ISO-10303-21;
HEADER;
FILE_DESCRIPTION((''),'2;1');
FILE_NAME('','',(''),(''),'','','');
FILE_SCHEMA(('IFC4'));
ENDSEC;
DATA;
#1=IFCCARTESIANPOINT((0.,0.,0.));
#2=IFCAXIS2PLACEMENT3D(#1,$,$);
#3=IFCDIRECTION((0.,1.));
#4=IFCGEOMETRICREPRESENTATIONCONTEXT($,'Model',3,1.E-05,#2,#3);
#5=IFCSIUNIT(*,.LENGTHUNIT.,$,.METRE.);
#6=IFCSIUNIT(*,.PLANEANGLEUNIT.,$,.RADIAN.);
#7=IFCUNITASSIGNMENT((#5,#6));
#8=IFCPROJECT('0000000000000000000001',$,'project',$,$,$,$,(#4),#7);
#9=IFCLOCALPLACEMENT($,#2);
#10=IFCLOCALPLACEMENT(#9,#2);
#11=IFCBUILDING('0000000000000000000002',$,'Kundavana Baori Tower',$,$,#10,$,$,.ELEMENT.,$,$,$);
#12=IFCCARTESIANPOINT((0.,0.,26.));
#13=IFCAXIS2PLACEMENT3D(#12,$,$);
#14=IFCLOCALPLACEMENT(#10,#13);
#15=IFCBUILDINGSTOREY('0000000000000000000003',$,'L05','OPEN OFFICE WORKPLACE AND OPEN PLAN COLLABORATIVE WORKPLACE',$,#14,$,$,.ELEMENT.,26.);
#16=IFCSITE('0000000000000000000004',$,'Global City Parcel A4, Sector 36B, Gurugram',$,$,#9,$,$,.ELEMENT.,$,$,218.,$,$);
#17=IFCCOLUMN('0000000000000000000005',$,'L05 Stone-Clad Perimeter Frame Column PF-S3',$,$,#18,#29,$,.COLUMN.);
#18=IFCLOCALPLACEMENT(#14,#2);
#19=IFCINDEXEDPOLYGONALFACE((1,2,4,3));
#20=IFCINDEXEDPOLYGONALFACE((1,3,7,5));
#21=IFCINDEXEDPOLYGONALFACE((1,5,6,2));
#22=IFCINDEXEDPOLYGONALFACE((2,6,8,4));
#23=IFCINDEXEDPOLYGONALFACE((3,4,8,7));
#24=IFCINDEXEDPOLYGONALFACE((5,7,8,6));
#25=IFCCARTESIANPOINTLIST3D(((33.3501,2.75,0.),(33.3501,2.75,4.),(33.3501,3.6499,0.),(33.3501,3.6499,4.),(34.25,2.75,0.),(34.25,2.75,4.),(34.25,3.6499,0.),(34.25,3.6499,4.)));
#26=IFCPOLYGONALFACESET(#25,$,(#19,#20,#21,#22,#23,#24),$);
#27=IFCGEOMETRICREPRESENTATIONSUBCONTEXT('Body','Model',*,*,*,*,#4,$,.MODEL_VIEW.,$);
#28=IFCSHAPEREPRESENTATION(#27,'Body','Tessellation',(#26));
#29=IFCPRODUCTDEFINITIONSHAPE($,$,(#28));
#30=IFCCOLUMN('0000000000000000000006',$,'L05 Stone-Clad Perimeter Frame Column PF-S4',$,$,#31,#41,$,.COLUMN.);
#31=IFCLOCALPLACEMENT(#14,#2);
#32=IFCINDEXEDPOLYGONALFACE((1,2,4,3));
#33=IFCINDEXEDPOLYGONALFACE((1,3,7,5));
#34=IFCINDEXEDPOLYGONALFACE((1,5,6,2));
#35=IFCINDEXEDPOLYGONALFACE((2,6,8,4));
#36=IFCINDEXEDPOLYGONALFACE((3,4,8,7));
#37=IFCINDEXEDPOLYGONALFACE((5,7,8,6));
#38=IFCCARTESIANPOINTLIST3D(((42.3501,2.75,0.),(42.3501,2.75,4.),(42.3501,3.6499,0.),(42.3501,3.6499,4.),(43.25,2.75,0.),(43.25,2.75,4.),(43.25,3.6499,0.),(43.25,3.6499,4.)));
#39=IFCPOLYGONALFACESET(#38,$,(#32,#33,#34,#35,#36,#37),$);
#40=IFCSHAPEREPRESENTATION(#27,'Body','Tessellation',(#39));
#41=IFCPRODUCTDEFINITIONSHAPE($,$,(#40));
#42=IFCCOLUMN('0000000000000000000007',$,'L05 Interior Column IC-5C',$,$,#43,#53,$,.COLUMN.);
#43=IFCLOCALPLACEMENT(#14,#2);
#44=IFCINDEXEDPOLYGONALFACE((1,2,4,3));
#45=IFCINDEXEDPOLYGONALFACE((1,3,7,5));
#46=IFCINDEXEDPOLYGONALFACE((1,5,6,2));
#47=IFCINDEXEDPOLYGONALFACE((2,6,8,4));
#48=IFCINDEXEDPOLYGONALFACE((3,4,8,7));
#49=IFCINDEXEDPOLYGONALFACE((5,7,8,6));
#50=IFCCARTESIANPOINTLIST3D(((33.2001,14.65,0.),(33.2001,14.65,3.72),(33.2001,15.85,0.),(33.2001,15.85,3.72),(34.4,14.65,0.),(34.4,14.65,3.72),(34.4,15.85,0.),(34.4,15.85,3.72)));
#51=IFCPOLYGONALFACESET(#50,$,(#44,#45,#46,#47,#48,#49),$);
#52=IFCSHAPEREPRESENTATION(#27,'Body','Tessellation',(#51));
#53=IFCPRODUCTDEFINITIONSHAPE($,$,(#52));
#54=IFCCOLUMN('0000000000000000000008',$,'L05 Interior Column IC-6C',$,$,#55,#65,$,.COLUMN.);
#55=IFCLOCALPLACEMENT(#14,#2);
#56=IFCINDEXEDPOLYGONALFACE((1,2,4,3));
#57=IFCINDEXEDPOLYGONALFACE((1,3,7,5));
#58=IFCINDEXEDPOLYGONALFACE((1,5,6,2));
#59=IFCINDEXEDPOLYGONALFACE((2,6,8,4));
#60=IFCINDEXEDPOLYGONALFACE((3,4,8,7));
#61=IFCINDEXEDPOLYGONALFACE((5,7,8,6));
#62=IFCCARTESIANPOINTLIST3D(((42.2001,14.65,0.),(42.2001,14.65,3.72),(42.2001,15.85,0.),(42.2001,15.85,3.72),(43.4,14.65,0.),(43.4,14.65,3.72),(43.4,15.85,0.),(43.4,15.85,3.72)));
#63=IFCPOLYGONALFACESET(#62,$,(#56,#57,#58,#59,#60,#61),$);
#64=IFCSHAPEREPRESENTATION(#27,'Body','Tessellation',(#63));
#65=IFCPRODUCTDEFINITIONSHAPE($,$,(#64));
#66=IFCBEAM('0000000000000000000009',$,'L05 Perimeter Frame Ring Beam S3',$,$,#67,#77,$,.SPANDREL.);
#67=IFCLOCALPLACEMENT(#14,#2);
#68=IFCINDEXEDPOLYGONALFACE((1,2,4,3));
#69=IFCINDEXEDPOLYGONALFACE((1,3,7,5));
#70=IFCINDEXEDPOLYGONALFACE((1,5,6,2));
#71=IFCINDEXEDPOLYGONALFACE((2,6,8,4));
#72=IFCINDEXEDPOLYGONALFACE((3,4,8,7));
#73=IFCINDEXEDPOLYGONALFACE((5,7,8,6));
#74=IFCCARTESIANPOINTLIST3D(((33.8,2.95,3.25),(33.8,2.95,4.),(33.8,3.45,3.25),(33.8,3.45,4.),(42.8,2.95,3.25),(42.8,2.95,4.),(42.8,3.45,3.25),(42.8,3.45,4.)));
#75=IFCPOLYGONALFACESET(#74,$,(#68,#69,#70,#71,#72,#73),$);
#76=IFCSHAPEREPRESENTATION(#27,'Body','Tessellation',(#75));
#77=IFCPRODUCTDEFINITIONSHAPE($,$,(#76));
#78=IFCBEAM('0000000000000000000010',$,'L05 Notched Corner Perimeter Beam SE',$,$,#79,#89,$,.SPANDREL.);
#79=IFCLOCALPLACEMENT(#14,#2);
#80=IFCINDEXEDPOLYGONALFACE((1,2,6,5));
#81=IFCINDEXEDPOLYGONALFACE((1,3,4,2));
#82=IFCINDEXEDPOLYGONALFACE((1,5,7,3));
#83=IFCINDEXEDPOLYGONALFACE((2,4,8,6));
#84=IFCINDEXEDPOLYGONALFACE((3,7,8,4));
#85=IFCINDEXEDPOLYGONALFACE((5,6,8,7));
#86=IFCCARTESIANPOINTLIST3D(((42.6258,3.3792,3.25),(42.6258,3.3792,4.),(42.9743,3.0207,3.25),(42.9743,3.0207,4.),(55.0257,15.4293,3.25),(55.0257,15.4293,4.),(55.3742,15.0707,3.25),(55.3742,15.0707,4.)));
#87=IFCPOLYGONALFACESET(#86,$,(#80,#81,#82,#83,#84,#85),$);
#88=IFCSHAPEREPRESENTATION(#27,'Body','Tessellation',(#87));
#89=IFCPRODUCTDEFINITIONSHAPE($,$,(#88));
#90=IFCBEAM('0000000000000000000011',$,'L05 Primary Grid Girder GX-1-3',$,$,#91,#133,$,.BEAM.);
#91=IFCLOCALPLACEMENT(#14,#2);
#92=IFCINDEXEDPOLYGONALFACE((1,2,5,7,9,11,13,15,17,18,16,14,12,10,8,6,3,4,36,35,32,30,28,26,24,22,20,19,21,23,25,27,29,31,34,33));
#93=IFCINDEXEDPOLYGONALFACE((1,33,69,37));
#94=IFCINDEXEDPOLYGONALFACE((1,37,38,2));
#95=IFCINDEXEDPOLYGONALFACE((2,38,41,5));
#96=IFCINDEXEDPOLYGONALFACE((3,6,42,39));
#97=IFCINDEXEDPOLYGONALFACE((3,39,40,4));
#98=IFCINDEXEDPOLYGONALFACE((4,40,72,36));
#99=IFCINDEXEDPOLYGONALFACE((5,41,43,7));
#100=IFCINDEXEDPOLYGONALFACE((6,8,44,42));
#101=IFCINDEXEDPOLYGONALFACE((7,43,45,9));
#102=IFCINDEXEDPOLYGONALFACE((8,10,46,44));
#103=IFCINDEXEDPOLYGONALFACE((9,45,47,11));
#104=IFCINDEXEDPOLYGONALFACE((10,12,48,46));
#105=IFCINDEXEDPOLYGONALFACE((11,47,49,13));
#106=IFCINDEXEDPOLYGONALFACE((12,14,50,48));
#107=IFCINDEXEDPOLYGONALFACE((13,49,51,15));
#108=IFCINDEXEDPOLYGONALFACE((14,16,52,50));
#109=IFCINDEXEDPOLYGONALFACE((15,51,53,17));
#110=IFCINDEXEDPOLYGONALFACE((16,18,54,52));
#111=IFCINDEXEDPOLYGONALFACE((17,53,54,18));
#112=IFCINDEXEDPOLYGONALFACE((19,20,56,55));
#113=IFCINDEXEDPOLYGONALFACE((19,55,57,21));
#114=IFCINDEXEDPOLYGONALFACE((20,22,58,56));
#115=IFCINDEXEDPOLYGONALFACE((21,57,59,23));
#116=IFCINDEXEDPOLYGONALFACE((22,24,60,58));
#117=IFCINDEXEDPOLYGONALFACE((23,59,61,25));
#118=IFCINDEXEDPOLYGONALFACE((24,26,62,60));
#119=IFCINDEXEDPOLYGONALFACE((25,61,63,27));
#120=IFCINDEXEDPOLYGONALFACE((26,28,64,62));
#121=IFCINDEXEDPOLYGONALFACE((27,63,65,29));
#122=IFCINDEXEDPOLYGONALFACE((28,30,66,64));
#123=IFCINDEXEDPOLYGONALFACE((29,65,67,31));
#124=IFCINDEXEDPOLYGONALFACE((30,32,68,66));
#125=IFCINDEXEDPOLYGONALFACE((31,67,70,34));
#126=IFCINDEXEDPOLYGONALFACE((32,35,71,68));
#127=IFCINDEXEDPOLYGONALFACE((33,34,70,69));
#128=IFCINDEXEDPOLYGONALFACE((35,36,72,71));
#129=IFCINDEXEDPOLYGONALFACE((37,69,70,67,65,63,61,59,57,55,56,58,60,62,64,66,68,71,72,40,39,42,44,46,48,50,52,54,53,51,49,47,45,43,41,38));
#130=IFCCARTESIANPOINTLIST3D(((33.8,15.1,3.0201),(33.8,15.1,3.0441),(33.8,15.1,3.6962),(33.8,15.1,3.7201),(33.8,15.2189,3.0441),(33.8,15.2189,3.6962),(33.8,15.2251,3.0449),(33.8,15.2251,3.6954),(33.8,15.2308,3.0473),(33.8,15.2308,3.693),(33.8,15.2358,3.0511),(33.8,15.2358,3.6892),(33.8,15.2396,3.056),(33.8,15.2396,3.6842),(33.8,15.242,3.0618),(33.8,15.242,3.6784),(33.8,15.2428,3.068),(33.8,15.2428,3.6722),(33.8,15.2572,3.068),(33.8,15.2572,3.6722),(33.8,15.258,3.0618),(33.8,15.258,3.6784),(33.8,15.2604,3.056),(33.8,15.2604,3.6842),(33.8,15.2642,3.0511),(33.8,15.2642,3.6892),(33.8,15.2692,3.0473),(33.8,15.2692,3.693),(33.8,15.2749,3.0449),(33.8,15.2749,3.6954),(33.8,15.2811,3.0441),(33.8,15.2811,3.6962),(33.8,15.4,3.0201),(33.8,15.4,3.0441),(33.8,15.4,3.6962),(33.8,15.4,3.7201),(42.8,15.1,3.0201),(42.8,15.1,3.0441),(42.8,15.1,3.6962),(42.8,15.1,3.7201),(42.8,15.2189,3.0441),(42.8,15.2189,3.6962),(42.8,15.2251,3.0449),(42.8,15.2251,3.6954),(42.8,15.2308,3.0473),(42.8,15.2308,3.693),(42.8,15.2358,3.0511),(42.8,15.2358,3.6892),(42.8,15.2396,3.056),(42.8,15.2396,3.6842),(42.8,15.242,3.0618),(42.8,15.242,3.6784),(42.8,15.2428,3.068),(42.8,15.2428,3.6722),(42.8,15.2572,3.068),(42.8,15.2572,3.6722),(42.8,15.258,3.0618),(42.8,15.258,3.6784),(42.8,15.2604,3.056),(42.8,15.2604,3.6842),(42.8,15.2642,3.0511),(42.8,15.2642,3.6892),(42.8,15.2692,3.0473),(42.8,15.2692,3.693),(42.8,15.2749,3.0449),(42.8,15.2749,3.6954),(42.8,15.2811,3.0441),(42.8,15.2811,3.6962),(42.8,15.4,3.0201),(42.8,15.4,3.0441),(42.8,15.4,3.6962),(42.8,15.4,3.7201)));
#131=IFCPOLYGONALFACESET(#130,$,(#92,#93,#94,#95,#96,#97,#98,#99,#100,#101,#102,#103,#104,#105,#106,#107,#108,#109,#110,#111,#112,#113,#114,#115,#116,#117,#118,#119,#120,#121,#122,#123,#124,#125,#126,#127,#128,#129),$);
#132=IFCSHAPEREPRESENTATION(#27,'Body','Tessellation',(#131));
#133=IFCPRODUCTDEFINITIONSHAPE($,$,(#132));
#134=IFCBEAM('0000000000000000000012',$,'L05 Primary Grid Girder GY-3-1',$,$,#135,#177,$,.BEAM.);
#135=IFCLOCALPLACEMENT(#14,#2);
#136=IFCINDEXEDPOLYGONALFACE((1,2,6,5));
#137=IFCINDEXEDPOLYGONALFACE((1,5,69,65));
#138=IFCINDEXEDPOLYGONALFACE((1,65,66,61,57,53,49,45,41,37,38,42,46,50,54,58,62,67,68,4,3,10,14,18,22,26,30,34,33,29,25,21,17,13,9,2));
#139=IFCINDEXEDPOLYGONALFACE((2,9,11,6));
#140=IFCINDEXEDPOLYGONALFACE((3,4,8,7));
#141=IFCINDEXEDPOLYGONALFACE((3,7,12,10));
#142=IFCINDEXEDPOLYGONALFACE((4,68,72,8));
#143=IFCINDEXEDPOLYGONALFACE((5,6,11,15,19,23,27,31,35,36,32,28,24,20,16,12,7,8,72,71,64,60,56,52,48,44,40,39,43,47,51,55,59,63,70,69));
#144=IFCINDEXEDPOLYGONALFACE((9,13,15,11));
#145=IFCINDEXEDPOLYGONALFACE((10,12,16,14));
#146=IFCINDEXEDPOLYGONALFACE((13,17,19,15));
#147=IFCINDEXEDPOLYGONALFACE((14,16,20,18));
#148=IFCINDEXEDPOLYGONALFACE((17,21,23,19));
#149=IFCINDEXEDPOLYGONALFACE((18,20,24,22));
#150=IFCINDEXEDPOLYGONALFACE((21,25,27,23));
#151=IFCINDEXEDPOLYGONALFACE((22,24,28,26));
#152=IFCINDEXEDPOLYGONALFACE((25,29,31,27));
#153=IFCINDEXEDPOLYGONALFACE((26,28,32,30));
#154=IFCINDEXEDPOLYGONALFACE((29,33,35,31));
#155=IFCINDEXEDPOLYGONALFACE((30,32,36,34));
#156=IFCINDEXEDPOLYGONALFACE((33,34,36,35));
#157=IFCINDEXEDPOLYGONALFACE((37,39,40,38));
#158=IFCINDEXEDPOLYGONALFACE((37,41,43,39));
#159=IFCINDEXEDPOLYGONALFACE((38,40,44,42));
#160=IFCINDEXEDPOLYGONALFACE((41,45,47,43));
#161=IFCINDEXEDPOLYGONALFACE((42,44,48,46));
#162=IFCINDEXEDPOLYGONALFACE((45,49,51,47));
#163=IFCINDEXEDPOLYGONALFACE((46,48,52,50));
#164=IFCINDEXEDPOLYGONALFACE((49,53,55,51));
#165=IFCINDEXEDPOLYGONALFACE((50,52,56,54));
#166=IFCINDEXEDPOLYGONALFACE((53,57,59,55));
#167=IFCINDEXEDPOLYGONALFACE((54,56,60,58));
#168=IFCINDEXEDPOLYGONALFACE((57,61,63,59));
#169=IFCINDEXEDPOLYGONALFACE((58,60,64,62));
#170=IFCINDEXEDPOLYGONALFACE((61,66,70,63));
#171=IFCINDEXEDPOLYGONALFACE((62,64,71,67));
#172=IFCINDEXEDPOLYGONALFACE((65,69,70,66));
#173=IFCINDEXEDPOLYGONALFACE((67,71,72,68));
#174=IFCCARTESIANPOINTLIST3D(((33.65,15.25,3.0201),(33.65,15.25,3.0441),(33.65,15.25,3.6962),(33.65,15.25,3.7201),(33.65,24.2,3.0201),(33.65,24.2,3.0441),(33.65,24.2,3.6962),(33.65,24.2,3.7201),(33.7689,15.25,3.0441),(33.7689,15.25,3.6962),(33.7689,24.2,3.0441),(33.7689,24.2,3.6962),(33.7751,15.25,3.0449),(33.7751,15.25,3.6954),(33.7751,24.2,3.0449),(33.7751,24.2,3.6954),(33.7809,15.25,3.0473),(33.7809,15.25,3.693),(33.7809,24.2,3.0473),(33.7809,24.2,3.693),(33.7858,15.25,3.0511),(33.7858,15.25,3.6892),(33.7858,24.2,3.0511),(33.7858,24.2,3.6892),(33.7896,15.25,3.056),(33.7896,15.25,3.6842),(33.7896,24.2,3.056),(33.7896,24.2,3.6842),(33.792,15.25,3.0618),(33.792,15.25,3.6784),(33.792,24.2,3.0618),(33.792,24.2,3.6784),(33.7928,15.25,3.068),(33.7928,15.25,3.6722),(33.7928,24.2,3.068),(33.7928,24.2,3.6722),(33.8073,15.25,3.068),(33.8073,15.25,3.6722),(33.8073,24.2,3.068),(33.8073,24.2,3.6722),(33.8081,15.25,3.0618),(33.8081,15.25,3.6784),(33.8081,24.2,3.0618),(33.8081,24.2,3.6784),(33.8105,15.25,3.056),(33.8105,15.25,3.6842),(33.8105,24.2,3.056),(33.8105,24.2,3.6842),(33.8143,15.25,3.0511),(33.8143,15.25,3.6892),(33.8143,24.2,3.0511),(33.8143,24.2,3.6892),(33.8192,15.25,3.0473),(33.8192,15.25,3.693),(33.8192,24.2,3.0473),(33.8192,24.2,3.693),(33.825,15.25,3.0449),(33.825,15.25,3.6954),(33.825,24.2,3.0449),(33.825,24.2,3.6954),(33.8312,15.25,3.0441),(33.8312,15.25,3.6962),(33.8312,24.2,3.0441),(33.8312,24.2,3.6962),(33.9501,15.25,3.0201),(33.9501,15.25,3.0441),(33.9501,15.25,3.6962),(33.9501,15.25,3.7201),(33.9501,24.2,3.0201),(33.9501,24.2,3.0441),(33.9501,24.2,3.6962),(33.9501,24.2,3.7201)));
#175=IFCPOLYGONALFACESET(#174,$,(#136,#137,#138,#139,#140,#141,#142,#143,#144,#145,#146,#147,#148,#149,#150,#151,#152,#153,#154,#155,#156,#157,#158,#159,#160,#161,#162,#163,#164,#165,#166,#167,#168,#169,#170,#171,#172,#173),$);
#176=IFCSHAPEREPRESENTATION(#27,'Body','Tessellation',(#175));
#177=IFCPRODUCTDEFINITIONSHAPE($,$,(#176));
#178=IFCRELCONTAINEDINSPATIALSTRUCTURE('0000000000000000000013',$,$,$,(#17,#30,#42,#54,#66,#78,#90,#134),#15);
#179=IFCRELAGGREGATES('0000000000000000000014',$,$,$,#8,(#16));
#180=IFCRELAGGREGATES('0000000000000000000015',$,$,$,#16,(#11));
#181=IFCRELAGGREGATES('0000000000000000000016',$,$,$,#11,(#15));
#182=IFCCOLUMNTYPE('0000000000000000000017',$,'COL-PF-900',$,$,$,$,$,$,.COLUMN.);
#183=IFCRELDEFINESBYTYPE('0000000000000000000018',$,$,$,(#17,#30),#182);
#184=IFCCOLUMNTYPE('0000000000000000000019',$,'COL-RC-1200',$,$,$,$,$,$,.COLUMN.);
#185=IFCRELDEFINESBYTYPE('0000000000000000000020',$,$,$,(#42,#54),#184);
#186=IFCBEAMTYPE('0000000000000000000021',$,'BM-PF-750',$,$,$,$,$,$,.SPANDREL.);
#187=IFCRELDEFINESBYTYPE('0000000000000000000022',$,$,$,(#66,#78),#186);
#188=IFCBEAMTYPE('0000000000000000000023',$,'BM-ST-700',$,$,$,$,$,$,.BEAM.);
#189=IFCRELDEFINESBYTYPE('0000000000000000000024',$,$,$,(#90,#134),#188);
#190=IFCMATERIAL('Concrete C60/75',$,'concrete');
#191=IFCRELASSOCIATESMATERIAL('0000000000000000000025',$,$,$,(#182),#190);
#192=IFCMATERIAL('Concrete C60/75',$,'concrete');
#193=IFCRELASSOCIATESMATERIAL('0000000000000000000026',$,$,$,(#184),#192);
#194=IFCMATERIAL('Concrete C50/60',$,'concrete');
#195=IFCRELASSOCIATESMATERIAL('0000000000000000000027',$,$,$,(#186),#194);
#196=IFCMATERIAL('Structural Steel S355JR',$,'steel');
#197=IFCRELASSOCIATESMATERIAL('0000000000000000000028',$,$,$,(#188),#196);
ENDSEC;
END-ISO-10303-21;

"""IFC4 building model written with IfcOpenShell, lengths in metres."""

from ifc_helpers import new_model, si_unit, direction, frame, origin, origin_2d, place, context, subcontext, project, spatial, rectangle, i_section, extrude, material, material_profile, profile_set, type_object, element, save


model = new_model("IFC4")

# Units and contexts
model_context = context("Model", 3, precision=1e-05, world=origin(), true_north=direction((0.0, 1.0)))
body_context = subcontext(model_context, "Body", "Model", "MODEL_VIEW")
ifc_project = project(units=[si_unit("LENGTHUNIT", "METRE"), si_unit("PLANEANGLEUNIT", "RADIAN")], contexts=[model_context])

# Site, building, storey
site_placement = place(None, origin())
site = spatial("IfcSite", under=ifc_project, at=site_placement, Name="Global City Parcel A4, Sector 36B, Gurugram", CompositionType="ELEMENT", RefElevation=218.0)
building_placement = place(site_placement, origin())
building = spatial("IfcBuilding", under=site, at=building_placement, Name="Kundavana Baori Tower", CompositionType="ELEMENT")
storey_placement = place(building_placement, frame((0.0, 0.0, 26.0)))
storey = spatial("IfcBuildingStorey", under=building, at=storey_placement, Name="L05", Description="OPEN OFFICE WORKPLACE AND OPEN PLAN COLLABORATIVE WORKPLACE", CompositionType="ELEMENT", Elevation=26.0)

# Columns
ifc_material_1 = material(Name="Concrete C60/75", Category="concrete")
ifc_material_profile_1 = material_profile(ifc_material_1, rectangle(XDim=0.8999, YDim=0.8999, at=origin_2d()), Name="RC PF 900x900")
ifc_profile_set_1 = profile_set([ifc_material_profile_1], Name="Concrete C60/75")
column_type_1 = type_object("IfcColumnType", Name="COL-PF-900", PredefinedType="COLUMN", material=ifc_profile_set_1)
for number, where, z_axis, x_axis, name in (
    (1, (33.8, 3.2, 0.0), (0.0, 0.0, 1.0), (1.0, 0.0, 0.0), "L05 Stone-Clad Perimeter Frame Column PF-S3"),
    (2, (42.8, 3.2, 0.0), (0.0, 0.0, 1.0), (1.0, 0.0, 0.0), "L05 Stone-Clad Perimeter Frame Column PF-S4"),
):
    element("IfcColumn", number, at=place(storey_placement, frame(where, z_axis=z_axis, x_axis=x_axis)), inside=storey, type_object=column_type_1, Name=name, PredefinedType="COLUMN", context=body_context, shape_type="SweptSolid", body=[
        extrude(rectangle(XDim=0.8999, YDim=0.8999, at=origin_2d()), origin(), (0.0, 0.0, 1.0), 4.0),
    ])
ifc_material_2 = material(Name="Concrete C60/75", Category="concrete")
ifc_material_profile_2 = material_profile(ifc_material_2, rectangle(XDim=1.2, YDim=1.2, at=origin_2d()), Name="RC 1200x1200")
ifc_profile_set_2 = profile_set([ifc_material_profile_2], Name="Concrete C60/75")
column_type_2 = type_object("IfcColumnType", Name="COL-RC-1200", PredefinedType="COLUMN", material=ifc_profile_set_2)
for number, where, z_axis, x_axis, name in (
    (3, (33.8, 15.25, 0.0), (0.0, 0.0, 1.0), (1.0, 0.0, 0.0), "L05 Interior Column IC-5C"),
    (4, (42.8, 15.25, 0.0), (0.0, 0.0, 1.0), (1.0, 0.0, 0.0), "L05 Interior Column IC-6C"),
):
    element("IfcColumn", number, at=place(storey_placement, frame(where, z_axis=z_axis, x_axis=x_axis)), inside=storey, type_object=column_type_2, Name=name, PredefinedType="COLUMN", context=body_context, shape_type="SweptSolid", body=[
        extrude(rectangle(XDim=1.2, YDim=1.2, at=origin_2d()), origin(), (0.0, 0.0, 1.0), 3.72),
    ])

# Beams
ifc_material_3 = material(Name="Concrete C50/60", Category="concrete")
ifc_material_profile_3 = material_profile(ifc_material_3, rectangle(XDim=0.5, YDim=0.75, at=origin_2d()), Name="RC BM 500x750")
ifc_profile_set_3 = profile_set([ifc_material_profile_3], Name="Concrete C50/60")
beam_type_1 = type_object("IfcBeamType", Name="BM-PF-750", PredefinedType="SPANDREL", material=ifc_profile_set_3)
beam_1_placement = place(storey_placement, frame((33.8, 3.2, 3.625), z_axis=(1.0, 0.0, 0.0), x_axis=(0.0, 1.0, 0.0)))
element("IfcBeam", 5, at=beam_1_placement, inside=storey, type_object=beam_type_1, Name="L05 Perimeter Frame Ring Beam S3", PredefinedType="SPANDREL", context=body_context, shape_type="SweptSolid", body=[
    extrude(rectangle(XDim=0.5, YDim=0.75, at=origin_2d()), origin(), (0.0, 0.0, 1.0), 9.0),
])
beam_2_placement = place(storey_placement, frame((42.8, 3.2, 3.625), z_axis=(0.717151, 0.696917, 0.0), x_axis=(-0.696917, 0.717151, 0.0)))
element("IfcBeam", 6, at=beam_2_placement, inside=storey, type_object=beam_type_1, Name="L05 Notched Corner Perimeter Beam SE", PredefinedType="SPANDREL", context=body_context, shape_type="SweptSolid", body=[
    extrude(rectangle(XDim=0.5, YDim=0.75, at=origin_2d()), origin(), (0.0, 0.0, 1.0), 17.2905),
])
ifc_material_4 = material(Name="Structural Steel S355JR", Category="steel")
ifc_material_profile_4 = material_profile(ifc_material_4, i_section(OverallWidth=0.3, OverallDepth=0.7, WebThickness=0.0144, FlangeThickness=0.0239, FilletRadius=0.0239, at=origin_2d()), Name="NPB 700x300x170")
ifc_profile_set_4 = profile_set([ifc_material_profile_4], Name="Structural Steel S355JR")
beam_type_2 = type_object("IfcBeamType", Name="BM-ST-700", PredefinedType="BEAM", material=ifc_profile_set_4)
beam_3_placement = place(storey_placement, frame((33.8, 15.25, 3.3701), z_axis=(1.0, 0.0, 0.0), x_axis=(0.0, 1.0, 0.0)))
element("IfcBeam", 7, at=beam_3_placement, inside=storey, type_object=beam_type_2, Name="L05 Primary Grid Girder GX-1-3", PredefinedType="BEAM", context=body_context, shape_type="SweptSolid", body=[
    extrude(i_section(OverallWidth=0.3, OverallDepth=0.7, WebThickness=0.0144, FlangeThickness=0.0239, FilletRadius=0.0239, at=origin_2d()), origin(), (0.0, 0.0, 1.0), 9.0),
])
for number, where, z_axis, x_axis, name in (
    (8, (33.8, 15.25, 3.3701), (0.0, 1.0, 0.0), (-1.0, 0.0, 0.0), "L05 Primary Grid Girder GY-3-1"),
):
    element("IfcBeam", number, at=place(storey_placement, frame(where, z_axis=z_axis, x_axis=x_axis)), inside=storey, type_object=beam_type_2, Name=name, PredefinedType="BEAM", context=body_context, shape_type="SweptSolid", body=[
        extrude(i_section(OverallWidth=0.3, OverallDepth=0.7, WebThickness=0.0144, FlangeThickness=0.0239, FilletRadius=0.0239, at=origin_2d()), origin(), (0.0, 0.0, 1.0), 8.95),
    ])

save(model, "model.ifc")
